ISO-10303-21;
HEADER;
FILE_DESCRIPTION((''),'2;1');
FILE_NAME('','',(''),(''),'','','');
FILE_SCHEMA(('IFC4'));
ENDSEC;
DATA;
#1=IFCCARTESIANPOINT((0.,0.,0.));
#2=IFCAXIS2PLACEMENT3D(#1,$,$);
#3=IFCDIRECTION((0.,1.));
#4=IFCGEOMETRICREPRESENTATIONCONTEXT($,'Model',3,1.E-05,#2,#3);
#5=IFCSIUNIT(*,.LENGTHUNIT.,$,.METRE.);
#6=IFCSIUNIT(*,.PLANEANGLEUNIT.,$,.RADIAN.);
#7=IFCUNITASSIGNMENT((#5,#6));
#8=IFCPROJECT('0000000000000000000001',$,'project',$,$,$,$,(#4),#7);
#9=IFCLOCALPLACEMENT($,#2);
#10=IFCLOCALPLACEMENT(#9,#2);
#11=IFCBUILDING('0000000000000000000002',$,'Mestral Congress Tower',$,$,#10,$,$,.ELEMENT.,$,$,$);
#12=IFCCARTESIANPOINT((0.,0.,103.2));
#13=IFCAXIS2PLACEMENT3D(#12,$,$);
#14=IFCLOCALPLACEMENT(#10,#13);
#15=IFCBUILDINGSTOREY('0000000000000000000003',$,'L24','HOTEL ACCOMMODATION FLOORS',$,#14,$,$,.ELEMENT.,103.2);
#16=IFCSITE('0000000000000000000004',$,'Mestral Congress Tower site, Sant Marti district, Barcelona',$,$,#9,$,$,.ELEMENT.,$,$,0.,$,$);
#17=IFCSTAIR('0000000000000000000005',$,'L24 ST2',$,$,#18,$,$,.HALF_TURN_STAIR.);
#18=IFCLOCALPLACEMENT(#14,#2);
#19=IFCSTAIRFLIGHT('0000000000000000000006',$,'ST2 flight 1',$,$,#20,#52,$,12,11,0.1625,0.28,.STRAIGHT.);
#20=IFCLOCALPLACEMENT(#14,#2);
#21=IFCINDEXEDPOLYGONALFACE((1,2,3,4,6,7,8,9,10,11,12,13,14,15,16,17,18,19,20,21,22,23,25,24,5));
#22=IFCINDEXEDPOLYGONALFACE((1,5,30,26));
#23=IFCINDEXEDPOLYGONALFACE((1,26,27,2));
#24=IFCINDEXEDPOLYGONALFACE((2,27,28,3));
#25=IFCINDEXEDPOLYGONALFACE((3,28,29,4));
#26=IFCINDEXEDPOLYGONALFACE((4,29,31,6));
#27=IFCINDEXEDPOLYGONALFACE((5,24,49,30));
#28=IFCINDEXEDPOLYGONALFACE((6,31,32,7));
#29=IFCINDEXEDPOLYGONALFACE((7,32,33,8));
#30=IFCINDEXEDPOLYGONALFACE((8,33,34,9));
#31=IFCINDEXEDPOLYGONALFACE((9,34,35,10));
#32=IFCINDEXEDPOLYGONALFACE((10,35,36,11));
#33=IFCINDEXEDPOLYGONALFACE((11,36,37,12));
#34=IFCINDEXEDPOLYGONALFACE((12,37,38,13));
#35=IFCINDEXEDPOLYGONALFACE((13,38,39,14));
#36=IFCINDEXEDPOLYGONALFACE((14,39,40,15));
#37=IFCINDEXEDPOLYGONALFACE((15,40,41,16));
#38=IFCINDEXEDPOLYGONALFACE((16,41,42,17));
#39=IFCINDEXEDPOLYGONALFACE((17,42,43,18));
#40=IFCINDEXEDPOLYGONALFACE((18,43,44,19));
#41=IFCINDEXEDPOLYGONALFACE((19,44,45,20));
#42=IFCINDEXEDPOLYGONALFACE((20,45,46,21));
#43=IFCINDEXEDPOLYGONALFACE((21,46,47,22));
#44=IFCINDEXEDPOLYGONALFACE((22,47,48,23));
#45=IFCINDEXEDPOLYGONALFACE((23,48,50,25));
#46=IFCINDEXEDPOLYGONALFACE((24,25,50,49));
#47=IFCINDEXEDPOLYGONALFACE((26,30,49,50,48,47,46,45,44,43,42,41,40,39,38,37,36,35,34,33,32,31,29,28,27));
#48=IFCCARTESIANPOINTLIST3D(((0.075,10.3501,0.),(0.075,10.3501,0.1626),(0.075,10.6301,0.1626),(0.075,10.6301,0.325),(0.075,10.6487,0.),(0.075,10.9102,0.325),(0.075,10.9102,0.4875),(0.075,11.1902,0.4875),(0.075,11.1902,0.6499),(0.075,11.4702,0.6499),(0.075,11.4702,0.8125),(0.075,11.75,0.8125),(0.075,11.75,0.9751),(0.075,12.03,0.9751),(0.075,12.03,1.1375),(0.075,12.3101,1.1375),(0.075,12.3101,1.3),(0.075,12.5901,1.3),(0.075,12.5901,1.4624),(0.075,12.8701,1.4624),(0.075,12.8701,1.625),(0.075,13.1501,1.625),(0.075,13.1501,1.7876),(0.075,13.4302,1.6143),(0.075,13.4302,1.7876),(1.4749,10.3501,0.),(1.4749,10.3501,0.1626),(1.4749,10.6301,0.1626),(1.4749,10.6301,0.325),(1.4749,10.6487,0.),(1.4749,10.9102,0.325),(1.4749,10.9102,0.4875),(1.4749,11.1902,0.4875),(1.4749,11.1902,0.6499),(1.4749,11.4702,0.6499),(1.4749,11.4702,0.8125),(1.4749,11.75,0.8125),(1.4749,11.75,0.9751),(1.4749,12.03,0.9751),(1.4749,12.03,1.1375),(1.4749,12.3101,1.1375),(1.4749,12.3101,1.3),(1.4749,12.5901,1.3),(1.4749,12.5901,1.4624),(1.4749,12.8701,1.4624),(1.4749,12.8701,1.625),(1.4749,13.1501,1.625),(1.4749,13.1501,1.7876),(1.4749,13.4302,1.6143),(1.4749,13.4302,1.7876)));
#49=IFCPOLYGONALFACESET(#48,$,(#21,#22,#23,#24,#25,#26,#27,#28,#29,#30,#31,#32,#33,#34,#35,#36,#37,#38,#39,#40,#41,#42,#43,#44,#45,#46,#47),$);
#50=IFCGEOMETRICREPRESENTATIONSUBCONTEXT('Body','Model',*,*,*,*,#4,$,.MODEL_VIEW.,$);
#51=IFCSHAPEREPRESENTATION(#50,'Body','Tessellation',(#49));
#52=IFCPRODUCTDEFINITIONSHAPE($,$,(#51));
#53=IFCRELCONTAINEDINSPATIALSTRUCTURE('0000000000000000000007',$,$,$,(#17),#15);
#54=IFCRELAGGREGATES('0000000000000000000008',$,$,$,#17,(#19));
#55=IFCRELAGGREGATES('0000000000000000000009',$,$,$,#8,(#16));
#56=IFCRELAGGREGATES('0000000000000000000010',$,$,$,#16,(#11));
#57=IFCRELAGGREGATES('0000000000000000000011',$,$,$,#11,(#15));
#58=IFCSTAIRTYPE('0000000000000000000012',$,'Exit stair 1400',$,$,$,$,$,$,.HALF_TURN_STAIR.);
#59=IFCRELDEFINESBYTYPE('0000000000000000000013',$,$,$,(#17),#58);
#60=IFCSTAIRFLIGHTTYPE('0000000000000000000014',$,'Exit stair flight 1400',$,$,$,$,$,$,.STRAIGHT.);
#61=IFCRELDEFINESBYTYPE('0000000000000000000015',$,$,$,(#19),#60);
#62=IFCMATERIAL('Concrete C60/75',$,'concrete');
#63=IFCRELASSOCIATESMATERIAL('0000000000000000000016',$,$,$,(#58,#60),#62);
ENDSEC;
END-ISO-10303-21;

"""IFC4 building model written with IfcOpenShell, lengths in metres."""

from ifc_helpers import new_model, si_unit, direction, frame, origin, place, context, subcontext, project, spatial, polyline, outline, extrude, material, type_object, element, aggregate, save


model = new_model("IFC4")

# Units and contexts
model_context = context("Model", 3, precision=1e-05, world=origin(), true_north=direction((0.0, 1.0)))
body_context = subcontext(model_context, "Body", "Model", "MODEL_VIEW")
ifc_project = project(units=[si_unit("LENGTHUNIT", "METRE"), si_unit("PLANEANGLEUNIT", "RADIAN")], contexts=[model_context])

# Site, building, storey
site_placement = place(None, origin())
site = spatial("IfcSite", under=ifc_project, at=site_placement, Name="Mestral Congress Tower site, Sant Marti district, Barcelona", CompositionType="ELEMENT", RefElevation=0.0)
building_placement = place(site_placement, origin())
building = spatial("IfcBuilding", under=site, at=building_placement, Name="Mestral Congress Tower", CompositionType="ELEMENT")
storey_placement = place(building_placement, frame((0.0, 0.0, 103.2)))
storey = spatial("IfcBuildingStorey", under=building, at=storey_placement, Name="L24", Description="HOTEL ACCOMMODATION FLOORS", CompositionType="ELEMENT", Elevation=103.2)

# Shared definitions
ifc_material_1 = material(Name="Concrete C60/75", Category="concrete")

# Shared definitions
stair_type = type_object("IfcStairType", Name="Exit stair 1400", PredefinedType="HALF_TURN_STAIR", material=ifc_material_1)
placement = place(storey_placement, origin())

# Stair, stair flight
stair_1 = element("IfcStair", 1, at=placement, inside=storey, type_object=stair_type, Name="L24 ST2", PredefinedType="HALF_TURN_STAIR")
stair_flight_type = type_object("IfcStairFlightType", Name="Exit stair flight 1400", PredefinedType="STRAIGHT", material=ifc_material_1)
stair_flight_placement = place(storey_placement, frame((0.7749, 10.3501, 0.0), z_axis=(0.0, 0.0, 1.0), x_axis=(0.0, 1.0, 0.0)))
stair_flight = element("IfcStairFlight", 2, at=stair_flight_placement, type_object=stair_flight_type, Name="ST2 flight 1", NumberOfRisers=12, NumberOfTreads=11, PredefinedType="STRAIGHT", RiserHeight=0.1625, TreadLength=0.28, context=body_context, shape_type="SweptSolid", body=[
    extrude(outline(polyline([(0.0, 0.0), (0.0, 0.1626), (0.28, 0.1626), (0.28, 0.325), (0.5601, 0.325), (0.5601, 0.4875), (0.8401, 0.4875), (0.8401, 0.6499), (1.1201, 0.6499), (1.1201, 0.8125), (1.3999, 0.8125), (1.3999, 0.9751), (1.6799, 0.9751), (1.6799, 1.1375), (1.96, 1.1375), (1.96, 1.3), (2.24, 1.3), (2.24, 1.4624), (2.52, 1.4624), (2.52, 1.625), (2.8, 1.625), (2.8, 1.7876), (3.0801, 1.7876), (3.0801, 1.95), (3.0801, 1.6143), (0.2986, 0.0), (0.0, 0.0)])), frame((0.0, 0.7, 0.0), z_axis=(0.0, -1.0, 0.0), x_axis=(1.0, 0.0, 0.0)), (0.0, 0.0, 1.0), 1.3999),
])
aggregate(stair_1, [stair_flight])

save(model, "model.ifc")
